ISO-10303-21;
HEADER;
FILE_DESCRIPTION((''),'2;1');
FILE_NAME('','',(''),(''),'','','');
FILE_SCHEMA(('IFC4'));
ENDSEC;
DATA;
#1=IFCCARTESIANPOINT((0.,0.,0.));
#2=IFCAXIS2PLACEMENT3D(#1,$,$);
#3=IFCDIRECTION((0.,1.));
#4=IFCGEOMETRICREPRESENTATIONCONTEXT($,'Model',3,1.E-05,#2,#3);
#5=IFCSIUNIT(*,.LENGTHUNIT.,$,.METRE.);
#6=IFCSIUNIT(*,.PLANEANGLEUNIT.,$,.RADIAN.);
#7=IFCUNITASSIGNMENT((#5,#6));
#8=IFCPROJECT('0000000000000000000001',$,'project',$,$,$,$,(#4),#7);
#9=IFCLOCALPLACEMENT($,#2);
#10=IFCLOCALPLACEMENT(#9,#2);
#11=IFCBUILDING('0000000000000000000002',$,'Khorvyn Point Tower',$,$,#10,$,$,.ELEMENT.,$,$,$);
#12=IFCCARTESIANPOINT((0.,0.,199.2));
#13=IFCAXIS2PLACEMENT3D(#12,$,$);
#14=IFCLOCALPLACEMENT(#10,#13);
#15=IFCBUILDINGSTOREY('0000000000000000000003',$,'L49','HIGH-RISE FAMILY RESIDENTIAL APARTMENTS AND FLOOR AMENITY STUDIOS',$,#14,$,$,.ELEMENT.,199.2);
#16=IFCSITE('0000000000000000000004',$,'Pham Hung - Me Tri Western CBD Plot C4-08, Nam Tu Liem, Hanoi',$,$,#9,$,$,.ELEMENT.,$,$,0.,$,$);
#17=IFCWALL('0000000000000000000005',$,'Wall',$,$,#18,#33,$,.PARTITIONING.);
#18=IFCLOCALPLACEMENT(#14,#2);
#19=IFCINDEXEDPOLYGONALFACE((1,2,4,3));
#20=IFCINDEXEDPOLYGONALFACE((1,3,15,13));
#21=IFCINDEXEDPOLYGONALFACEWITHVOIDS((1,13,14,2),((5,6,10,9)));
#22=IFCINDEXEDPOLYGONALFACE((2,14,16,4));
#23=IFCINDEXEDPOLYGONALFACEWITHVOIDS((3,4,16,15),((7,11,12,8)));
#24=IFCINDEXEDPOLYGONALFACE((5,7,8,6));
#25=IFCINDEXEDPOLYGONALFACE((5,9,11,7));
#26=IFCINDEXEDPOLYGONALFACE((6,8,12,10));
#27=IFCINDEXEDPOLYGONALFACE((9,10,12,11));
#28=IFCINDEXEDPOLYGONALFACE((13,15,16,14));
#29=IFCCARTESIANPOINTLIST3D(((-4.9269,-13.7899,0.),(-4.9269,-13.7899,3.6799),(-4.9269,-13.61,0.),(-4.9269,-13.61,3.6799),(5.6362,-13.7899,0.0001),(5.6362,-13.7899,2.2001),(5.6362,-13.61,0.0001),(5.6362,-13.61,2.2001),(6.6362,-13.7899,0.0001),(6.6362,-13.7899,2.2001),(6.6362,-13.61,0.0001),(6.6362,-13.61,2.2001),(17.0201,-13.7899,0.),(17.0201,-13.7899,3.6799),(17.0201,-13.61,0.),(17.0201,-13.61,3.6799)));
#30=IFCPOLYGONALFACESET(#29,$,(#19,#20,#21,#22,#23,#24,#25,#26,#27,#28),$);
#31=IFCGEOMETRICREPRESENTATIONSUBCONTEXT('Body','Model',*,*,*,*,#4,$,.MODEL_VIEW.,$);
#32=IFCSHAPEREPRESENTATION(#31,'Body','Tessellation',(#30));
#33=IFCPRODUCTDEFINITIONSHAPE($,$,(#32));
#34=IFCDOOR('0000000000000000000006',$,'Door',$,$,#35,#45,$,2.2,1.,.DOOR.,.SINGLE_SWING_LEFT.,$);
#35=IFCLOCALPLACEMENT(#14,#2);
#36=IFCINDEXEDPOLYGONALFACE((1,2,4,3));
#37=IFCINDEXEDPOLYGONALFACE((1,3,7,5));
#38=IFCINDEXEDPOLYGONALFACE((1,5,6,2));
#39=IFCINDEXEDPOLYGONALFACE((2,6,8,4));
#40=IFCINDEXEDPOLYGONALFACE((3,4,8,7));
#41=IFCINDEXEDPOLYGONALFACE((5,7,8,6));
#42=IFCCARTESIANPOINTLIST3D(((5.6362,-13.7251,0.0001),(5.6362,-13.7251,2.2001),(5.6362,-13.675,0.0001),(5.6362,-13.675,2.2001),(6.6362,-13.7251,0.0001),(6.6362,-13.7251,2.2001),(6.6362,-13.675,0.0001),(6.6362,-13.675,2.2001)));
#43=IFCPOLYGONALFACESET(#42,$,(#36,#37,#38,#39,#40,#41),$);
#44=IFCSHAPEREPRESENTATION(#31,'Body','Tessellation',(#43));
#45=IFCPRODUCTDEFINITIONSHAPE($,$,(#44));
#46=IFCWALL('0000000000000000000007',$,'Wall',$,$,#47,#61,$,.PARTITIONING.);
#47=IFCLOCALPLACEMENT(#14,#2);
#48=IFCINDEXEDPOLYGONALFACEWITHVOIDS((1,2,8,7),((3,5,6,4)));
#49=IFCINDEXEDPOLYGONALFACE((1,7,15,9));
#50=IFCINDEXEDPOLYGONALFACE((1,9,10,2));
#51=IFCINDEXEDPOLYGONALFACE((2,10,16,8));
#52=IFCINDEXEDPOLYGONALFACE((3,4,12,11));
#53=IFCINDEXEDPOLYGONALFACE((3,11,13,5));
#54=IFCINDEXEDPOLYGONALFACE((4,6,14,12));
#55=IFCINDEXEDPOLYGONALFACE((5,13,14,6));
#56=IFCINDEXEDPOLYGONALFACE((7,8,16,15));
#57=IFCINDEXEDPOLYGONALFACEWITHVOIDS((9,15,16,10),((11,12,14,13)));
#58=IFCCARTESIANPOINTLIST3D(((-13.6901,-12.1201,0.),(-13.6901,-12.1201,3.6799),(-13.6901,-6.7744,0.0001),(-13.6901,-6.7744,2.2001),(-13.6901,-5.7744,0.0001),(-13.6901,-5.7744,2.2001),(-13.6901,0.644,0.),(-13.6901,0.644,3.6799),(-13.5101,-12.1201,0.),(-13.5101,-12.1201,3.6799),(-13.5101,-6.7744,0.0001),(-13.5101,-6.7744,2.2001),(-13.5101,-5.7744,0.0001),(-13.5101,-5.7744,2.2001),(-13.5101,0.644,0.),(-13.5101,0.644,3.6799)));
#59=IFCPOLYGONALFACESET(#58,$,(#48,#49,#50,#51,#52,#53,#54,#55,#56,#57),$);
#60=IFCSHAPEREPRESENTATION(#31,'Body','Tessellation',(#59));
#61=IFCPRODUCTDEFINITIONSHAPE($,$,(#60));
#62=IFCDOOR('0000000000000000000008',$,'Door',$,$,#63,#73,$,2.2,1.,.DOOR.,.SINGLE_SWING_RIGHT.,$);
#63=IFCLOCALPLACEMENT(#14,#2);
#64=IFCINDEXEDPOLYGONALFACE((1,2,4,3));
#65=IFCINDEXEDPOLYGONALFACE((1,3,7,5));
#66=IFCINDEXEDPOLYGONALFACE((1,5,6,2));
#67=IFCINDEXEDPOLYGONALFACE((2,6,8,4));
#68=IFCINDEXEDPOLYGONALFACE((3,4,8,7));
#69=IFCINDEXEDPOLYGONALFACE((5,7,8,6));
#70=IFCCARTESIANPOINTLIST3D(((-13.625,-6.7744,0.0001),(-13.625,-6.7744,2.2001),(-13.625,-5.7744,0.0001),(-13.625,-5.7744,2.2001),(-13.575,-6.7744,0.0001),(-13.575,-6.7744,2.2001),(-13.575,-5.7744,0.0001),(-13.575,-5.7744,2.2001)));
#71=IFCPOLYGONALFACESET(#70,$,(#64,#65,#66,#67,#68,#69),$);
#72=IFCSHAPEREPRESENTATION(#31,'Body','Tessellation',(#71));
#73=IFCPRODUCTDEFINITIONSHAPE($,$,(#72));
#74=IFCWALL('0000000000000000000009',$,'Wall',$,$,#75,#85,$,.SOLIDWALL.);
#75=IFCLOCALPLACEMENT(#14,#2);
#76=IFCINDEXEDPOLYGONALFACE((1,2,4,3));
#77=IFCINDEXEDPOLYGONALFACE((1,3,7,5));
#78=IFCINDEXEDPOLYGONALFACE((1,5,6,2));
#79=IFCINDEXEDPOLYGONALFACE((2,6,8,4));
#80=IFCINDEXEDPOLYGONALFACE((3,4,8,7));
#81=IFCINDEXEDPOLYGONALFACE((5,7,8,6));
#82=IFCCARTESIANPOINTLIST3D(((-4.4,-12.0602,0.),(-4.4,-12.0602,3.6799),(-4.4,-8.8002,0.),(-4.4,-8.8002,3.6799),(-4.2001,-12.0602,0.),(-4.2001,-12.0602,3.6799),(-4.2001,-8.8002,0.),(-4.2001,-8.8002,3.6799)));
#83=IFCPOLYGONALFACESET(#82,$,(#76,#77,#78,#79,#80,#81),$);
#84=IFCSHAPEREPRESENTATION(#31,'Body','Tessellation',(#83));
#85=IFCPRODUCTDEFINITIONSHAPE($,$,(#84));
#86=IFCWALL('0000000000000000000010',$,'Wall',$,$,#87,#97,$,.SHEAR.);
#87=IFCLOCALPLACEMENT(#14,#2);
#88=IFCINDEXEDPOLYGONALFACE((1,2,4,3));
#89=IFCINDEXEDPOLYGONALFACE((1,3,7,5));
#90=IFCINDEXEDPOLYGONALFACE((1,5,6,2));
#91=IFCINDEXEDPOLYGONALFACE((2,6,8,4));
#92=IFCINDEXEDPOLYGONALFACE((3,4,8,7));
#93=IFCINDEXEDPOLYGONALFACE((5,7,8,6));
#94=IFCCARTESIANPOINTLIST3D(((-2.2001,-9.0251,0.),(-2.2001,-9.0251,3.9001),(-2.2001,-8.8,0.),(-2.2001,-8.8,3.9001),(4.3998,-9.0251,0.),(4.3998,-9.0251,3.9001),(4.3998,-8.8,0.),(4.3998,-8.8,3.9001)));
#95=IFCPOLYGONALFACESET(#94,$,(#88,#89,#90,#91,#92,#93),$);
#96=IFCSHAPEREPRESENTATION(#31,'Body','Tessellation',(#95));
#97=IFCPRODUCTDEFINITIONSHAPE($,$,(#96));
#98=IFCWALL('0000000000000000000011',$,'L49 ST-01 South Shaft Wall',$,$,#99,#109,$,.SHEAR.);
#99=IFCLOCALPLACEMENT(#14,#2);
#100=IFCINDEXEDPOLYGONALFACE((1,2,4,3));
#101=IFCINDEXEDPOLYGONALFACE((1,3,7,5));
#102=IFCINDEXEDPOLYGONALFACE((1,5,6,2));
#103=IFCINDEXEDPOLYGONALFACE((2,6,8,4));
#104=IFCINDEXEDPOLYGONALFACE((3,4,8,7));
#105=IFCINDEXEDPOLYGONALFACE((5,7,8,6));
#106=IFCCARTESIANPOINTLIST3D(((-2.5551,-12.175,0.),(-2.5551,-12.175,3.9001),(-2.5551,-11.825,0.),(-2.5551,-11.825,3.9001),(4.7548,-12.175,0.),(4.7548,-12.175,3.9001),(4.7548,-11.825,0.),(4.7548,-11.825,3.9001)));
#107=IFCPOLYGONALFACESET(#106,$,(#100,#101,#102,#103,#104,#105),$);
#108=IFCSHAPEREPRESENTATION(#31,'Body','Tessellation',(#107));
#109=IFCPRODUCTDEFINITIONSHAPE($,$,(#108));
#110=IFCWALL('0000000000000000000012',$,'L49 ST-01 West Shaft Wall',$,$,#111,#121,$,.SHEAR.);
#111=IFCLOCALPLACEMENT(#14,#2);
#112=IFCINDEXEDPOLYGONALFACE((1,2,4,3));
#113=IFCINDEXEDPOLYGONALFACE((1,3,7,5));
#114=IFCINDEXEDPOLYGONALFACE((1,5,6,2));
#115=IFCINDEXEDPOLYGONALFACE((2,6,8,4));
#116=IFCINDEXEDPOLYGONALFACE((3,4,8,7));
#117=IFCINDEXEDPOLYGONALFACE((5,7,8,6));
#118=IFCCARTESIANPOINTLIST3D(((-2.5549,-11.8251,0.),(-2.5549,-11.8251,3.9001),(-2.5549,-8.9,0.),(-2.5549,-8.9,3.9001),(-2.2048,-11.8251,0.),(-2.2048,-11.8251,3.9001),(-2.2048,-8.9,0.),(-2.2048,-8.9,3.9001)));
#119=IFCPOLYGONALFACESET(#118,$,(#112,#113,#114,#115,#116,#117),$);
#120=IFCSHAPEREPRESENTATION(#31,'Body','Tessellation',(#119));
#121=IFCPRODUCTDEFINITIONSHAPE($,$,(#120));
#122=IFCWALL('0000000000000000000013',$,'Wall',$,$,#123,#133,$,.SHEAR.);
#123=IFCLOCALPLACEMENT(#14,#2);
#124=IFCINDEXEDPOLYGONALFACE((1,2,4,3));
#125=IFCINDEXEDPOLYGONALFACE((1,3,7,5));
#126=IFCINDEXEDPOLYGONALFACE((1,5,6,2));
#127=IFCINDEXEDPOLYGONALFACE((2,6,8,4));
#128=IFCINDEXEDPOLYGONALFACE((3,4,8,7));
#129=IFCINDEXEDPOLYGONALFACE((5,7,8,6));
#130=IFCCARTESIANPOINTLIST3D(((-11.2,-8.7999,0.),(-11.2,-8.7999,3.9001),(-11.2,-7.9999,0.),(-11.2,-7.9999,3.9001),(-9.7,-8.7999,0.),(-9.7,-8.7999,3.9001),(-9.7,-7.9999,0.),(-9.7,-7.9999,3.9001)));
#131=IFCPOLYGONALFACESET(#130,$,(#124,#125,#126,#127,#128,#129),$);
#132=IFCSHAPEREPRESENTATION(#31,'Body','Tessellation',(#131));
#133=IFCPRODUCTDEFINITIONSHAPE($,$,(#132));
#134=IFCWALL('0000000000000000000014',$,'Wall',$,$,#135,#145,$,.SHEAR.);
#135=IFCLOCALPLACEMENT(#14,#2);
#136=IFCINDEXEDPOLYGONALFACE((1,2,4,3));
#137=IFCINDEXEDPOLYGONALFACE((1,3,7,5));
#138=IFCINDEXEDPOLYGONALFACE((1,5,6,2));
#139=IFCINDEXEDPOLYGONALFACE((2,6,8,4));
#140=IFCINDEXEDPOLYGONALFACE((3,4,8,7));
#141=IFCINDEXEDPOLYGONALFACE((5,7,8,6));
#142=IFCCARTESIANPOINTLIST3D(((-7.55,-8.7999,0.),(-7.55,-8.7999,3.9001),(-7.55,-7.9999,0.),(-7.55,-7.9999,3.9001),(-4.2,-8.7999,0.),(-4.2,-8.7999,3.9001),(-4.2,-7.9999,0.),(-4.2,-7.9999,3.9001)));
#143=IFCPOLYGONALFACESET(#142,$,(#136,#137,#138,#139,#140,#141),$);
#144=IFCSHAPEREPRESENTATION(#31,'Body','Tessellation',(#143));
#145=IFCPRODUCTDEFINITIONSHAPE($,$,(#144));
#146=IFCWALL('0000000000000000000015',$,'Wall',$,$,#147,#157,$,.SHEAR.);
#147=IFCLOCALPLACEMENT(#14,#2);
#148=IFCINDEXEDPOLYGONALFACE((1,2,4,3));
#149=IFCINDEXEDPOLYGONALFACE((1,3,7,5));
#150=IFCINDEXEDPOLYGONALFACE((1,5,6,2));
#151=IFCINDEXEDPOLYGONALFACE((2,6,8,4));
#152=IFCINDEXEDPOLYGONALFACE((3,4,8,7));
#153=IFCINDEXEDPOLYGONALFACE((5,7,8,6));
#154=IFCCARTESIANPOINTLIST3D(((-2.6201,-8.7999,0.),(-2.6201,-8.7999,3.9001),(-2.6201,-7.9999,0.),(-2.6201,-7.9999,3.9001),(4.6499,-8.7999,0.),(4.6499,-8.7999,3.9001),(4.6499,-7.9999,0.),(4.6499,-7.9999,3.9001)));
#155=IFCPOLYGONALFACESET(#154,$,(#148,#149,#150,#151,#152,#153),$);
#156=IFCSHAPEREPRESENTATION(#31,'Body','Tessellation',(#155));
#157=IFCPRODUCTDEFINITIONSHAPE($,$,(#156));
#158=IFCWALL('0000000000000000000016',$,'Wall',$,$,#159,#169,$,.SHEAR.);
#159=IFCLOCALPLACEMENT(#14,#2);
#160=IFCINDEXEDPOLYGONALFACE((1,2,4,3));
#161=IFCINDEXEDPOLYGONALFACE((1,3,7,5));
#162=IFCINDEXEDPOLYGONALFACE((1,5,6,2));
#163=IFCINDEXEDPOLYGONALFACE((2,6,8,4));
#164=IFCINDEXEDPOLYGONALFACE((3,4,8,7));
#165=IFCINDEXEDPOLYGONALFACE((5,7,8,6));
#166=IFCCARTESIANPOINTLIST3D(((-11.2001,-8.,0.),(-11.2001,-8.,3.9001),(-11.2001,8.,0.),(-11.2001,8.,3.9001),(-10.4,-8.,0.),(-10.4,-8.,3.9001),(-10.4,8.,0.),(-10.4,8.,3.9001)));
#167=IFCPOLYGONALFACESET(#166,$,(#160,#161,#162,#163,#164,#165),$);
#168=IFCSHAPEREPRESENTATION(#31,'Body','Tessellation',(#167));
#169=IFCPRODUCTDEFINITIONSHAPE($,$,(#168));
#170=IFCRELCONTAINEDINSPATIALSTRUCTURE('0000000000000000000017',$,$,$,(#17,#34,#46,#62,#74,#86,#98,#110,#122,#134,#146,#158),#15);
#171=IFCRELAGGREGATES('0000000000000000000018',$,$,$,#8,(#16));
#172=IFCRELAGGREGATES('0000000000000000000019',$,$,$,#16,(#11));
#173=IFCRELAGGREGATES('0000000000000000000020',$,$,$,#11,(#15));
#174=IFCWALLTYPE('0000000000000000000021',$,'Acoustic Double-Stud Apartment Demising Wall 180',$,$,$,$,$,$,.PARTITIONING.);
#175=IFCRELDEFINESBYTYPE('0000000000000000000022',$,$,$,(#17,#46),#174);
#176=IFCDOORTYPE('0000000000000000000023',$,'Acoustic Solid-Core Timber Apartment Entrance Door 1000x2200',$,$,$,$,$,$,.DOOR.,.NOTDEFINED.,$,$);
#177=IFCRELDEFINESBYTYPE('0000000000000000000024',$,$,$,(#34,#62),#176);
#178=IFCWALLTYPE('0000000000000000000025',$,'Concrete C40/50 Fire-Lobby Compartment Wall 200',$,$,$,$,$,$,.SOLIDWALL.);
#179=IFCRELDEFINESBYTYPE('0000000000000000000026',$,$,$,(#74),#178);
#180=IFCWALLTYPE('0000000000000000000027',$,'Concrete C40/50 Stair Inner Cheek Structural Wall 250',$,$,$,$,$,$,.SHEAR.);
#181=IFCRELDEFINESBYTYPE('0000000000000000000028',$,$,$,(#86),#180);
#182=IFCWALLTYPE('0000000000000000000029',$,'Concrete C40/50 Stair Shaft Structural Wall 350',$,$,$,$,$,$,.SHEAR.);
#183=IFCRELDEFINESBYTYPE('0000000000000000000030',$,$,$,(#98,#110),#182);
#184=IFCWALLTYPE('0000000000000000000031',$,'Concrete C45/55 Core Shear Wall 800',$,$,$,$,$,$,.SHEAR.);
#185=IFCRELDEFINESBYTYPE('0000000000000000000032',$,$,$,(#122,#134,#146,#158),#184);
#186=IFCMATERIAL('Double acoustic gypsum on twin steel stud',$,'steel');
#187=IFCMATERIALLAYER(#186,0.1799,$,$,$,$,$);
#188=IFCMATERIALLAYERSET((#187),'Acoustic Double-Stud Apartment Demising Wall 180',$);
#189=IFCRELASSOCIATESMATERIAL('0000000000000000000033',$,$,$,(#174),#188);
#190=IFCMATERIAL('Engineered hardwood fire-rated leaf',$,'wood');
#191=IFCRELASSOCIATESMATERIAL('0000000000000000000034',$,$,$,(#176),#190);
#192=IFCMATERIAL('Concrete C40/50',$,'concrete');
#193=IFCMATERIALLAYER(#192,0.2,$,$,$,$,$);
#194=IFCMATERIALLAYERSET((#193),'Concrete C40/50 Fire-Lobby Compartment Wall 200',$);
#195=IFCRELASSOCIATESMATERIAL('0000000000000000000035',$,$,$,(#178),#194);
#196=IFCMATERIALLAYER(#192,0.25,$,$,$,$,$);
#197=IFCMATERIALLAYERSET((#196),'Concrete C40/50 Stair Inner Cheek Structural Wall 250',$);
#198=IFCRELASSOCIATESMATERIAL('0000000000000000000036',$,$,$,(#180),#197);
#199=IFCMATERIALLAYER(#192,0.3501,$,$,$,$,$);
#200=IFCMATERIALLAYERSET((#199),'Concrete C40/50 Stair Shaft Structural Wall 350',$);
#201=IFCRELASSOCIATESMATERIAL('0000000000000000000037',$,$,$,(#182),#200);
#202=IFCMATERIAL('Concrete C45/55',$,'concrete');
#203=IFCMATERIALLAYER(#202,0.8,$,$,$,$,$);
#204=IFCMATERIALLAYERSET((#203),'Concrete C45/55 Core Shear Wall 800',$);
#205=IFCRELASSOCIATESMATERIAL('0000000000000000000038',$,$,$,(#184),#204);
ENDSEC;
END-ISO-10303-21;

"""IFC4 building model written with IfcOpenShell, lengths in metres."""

from ifc_helpers import new_model, si_unit, direction, frame, frame_2d, origin, place, context, subcontext, project, spatial, rectangle, extrude, material, layer, layer_set, type_object, element, fill, save


model = new_model("IFC4")

# Units and contexts
model_context = context("Model", 3, precision=1e-05, world=origin(), true_north=direction((0.0, 1.0)))
body_context = subcontext(model_context, "Body", "Model", "MODEL_VIEW")
ifc_project = project(units=[si_unit("LENGTHUNIT", "METRE"), si_unit("PLANEANGLEUNIT", "RADIAN")], contexts=[model_context])

# Site, building, storey
site_placement = place(None, origin())
site = spatial("IfcSite", under=ifc_project, at=site_placement, Name="Pham Hung - Me Tri Western CBD Plot C4-08, Nam Tu Liem, Hanoi", CompositionType="ELEMENT", RefElevation=0.0)
building_placement = place(site_placement, origin())
building = spatial("IfcBuilding", under=site, at=building_placement, Name="Khorvyn Point Tower", CompositionType="ELEMENT")
storey_placement = place(building_placement, frame((0.0, 0.0, 199.2)))
storey = spatial("IfcBuildingStorey", under=building, at=storey_placement, Name="L49", Description="HIGH-RISE FAMILY RESIDENTIAL APARTMENTS AND FLOOR AMENITY STUDIOS", CompositionType="ELEMENT", Elevation=199.2)

# Shared definitions
ifc_material_1 = material(Name="Concrete C45/55", Category="concrete")

# Walls, openings, doors
ifc_material_2 = material(Name="Double acoustic gypsum on twin steel stud", Category="steel")
ifc_layer_1 = layer(ifc_material_2, 0.1799)
ifc_layer_set_1 = layer_set([ifc_layer_1], Name="Acoustic Double-Stud Apartment Demising Wall 180")
wall_type_1 = type_object("IfcWallType", Name="Acoustic Double-Stud Apartment Demising Wall 180", PredefinedType="PARTITIONING", material=ifc_layer_set_1)
wall_1_placement = place(storey_placement, frame((-4.927, -13.7, 0.0), z_axis=(0.0, 0.0, 1.0), x_axis=(1.0, 0.0, 0.0)))
wall_1 = element("IfcWall", 1, at=wall_1_placement, inside=storey, type_object=wall_type_1, Name="Wall", PredefinedType="PARTITIONING", context=body_context, shape_type="SweptSolid", body=[
    extrude(rectangle(XDim=21.947, YDim=0.1799, at=frame_2d((10.9736, 0.0))), origin(), (0.0, 0.0, 1.0), 3.6799),
])
opening_1_placement = place(wall_1_placement, frame((10.5632, 0.0, 0.0)))
opening_1 = element("IfcOpeningElement", 2, at=opening_1_placement, cuts=wall_1, PredefinedType="OPENING", context=body_context, shape_type="SweptSolid", body=[
    extrude(rectangle(XDim=1.0, YDim=2.2, at=frame_2d((0.5, 1.1001))), frame((0.0, 0.0999, 0.0), z_axis=(0.0, -1.0, 0.0), x_axis=(1.0, 0.0, 0.0)), (0.0, 0.0, 1.0), 0.2),
])
ifc_material_3 = material(Name="Engineered hardwood fire-rated leaf", Category="wood")
door_type_1 = type_object("IfcDoorType", Name="Acoustic Solid-Core Timber Apartment Entrance Door 1000x2200", OperationType="NOTDEFINED", PredefinedType="DOOR", material=ifc_material_3)
door_1_placement = place(opening_1_placement, origin())
door_1 = element("IfcDoor", 3, at=door_1_placement, inside=storey, type_object=door_type_1, Name="Door", OperationType="SINGLE_SWING_LEFT", OverallHeight=2.2, OverallWidth=1.0, PredefinedType="DOOR", context=body_context, shape_type="SweptSolid", body=[
    extrude(rectangle(XDim=1.0, YDim=2.2, at=frame_2d((0.5, 1.1001))), frame((0.0, 0.0249, 0.0), z_axis=(0.0, -1.0, 0.0), x_axis=(1.0, 0.0, 0.0)), (0.0, 0.0, 1.0), 0.05),
])
fill(opening_1, door_1)
wall_2_placement = place(storey_placement, frame((-13.6001, -12.1201, 0.0), z_axis=(0.0, 0.0, 1.0), x_axis=(0.0, 1.0, 0.0)))
wall_2 = element("IfcWall", 4, at=wall_2_placement, inside=storey, type_object=wall_type_1, Name="Wall", PredefinedType="PARTITIONING", context=body_context, shape_type="SweptSolid", body=[
    extrude(rectangle(XDim=12.7642, YDim=0.1799, at=frame_2d((6.3821, 0.0))), origin(), (0.0, 0.0, 1.0), 3.6799),
])
opening_2_placement = place(wall_2_placement, frame((5.3457, 0.0, 0.0)))
opening_2 = element("IfcOpeningElement", 5, at=opening_2_placement, cuts=wall_2, PredefinedType="OPENING", context=body_context, shape_type="SweptSolid", body=[
    extrude(rectangle(XDim=1.0, YDim=2.2, at=frame_2d((0.5, 1.1001))), frame((0.0, 0.0999, 0.0), z_axis=(0.0, -1.0, 0.0), x_axis=(1.0, 0.0, 0.0)), (0.0, 0.0, 1.0), 0.2),
])
door_2_placement = place(opening_2_placement, origin())
door_2 = element("IfcDoor", 6, at=door_2_placement, inside=storey, type_object=door_type_1, Name="Door", OperationType="SINGLE_SWING_RIGHT", OverallHeight=2.2, OverallWidth=1.0, PredefinedType="DOOR", context=body_context, shape_type="SweptSolid", body=[
    extrude(rectangle(XDim=1.0, YDim=2.2, at=frame_2d((0.5, 1.1001))), frame((0.0, 0.0249, 0.0), z_axis=(0.0, -1.0, 0.0), x_axis=(1.0, 0.0, 0.0)), (0.0, 0.0, 1.0), 0.05),
])
fill(opening_2, door_2)
ifc_material_4 = material(Name="Concrete C40/50", Category="concrete")
ifc_layer_2 = layer(ifc_material_4, 0.2)
ifc_layer_set_2 = layer_set([ifc_layer_2], Name="Concrete C40/50 Fire-Lobby Compartment Wall 200")
wall_type_2 = type_object("IfcWallType", Name="Concrete C40/50 Fire-Lobby Compartment Wall 200", PredefinedType="SOLIDWALL", material=ifc_layer_set_2)

# Walls
wall_3_placement = place(storey_placement, frame((-4.3, -12.0601, 0.0), z_axis=(0.0, 0.0, 1.0), x_axis=(0.0, 1.0, 0.0)))
element("IfcWall", 7, at=wall_3_placement, inside=storey, type_object=wall_type_2, Name="Wall", PredefinedType="SOLIDWALL", context=body_context, shape_type="SweptSolid", body=[
    extrude(rectangle(XDim=3.26, YDim=0.2, at=frame_2d((1.6299, 0.0))), origin(), (0.0, 0.0, 1.0), 3.6799),
])
ifc_layer_3 = layer(ifc_material_4, 0.25)
ifc_layer_set_3 = layer_set([ifc_layer_3], Name="Concrete C40/50 Stair Inner Cheek Structural Wall 250")
wall_type_3 = type_object("IfcWallType", Name="Concrete C40/50 Stair Inner Cheek Structural Wall 250", PredefinedType="SHEAR", material=ifc_layer_set_3)
wall_4_placement = place(storey_placement, frame((-2.2, -8.9126, 0.0), z_axis=(0.0, 0.0, 1.0), x_axis=(1.0, 0.0, 0.0)))
element("IfcWall", 8, at=wall_4_placement, inside=storey, type_object=wall_type_3, Name="Wall", PredefinedType="SHEAR", context=body_context, shape_type="SweptSolid", body=[
    extrude(rectangle(XDim=6.5999, YDim=0.2251, at=frame_2d((3.2998, 0.0))), origin(), (0.0, 0.0, 1.0), 3.9001),
])
ifc_layer_4 = layer(ifc_material_4, 0.3501)
ifc_layer_set_4 = layer_set([ifc_layer_4], Name="Concrete C40/50 Stair Shaft Structural Wall 350")
wall_type_4 = type_object("IfcWallType", Name="Concrete C40/50 Stair Shaft Structural Wall 350", PredefinedType="SHEAR", material=ifc_layer_set_4)
wall_5_placement = place(storey_placement, frame((-2.5549, -12.0, 0.0), z_axis=(0.0, 0.0, 1.0), x_axis=(1.0, 0.0, 0.0)))
element("IfcWall", 9, at=wall_5_placement, inside=storey, type_object=wall_type_4, Name="L49 ST-01 South Shaft Wall", PredefinedType="SHEAR", context=body_context, shape_type="SweptSolid", body=[
    extrude(rectangle(XDim=7.3098, YDim=0.3501, at=frame_2d((3.6548, 0.0))), origin(), (0.0, 0.0, 1.0), 3.9001),
])
wall_6_placement = place(storey_placement, frame((-2.3799, -11.825, 0.0), z_axis=(0.0, 0.0, 1.0), x_axis=(0.0, 1.0, 0.0)))
element("IfcWall", 10, at=wall_6_placement, inside=storey, type_object=wall_type_4, Name="L49 ST-01 West Shaft Wall", PredefinedType="SHEAR", context=body_context, shape_type="SweptSolid", body=[
    extrude(rectangle(XDim=2.925, YDim=0.3501, at=frame_2d((1.4624, 0.0))), origin(), (0.0, 0.0, 1.0), 3.9001),
])
ifc_layer_5 = layer(ifc_material_1, 0.8)
ifc_layer_set_5 = layer_set([ifc_layer_5], Name="Concrete C45/55 Core Shear Wall 800")
wall_type_5 = type_object("IfcWallType", Name="Concrete C45/55 Core Shear Wall 800", PredefinedType="SHEAR", material=ifc_layer_set_5)
wall_7_placement = place(storey_placement, frame((-11.2, -8.3999, 0.0), z_axis=(0.0, 0.0, 1.0), x_axis=(1.0, 0.0, 0.0)))
element("IfcWall", 11, at=wall_7_placement, inside=storey, type_object=wall_type_5, Name="Wall", PredefinedType="SHEAR", context=body_context, shape_type="SweptSolid", body=[
    extrude(rectangle(XDim=1.5, YDim=0.8, at=frame_2d((0.75, 0.0))), origin(), (0.0, 0.0, 1.0), 3.9001),
])
wall_8_placement = place(storey_placement, frame((-7.55, -8.3999, 0.0), z_axis=(0.0, 0.0, 1.0), x_axis=(1.0, 0.0, 0.0)))
element("IfcWall", 12, at=wall_8_placement, inside=storey, type_object=wall_type_5, Name="Wall", PredefinedType="SHEAR", context=body_context, shape_type="SweptSolid", body=[
    extrude(rectangle(XDim=3.3501, YDim=0.8, at=frame_2d((1.675, 0.0))), origin(), (0.0, 0.0, 1.0), 3.9001),
])
wall_9_placement = place(storey_placement, frame((-2.6201, -8.3999, 0.0), z_axis=(0.0, 0.0, 1.0), x_axis=(1.0, 0.0, 0.0)))
element("IfcWall", 13, at=wall_9_placement, inside=storey, type_object=wall_type_5, Name="Wall", PredefinedType="SHEAR", context=body_context, shape_type="SweptSolid", body=[
    extrude(rectangle(XDim=7.27, YDim=0.8, at=frame_2d((3.635, 0.0))), origin(), (0.0, 0.0, 1.0), 3.9001),
])
wall_10_placement = place(storey_placement, frame((-10.8, -8.0, 0.0), z_axis=(0.0, 0.0, 1.0), x_axis=(0.0, 1.0, 0.0)))
element("IfcWall", 14, at=wall_10_placement, inside=storey, type_object=wall_type_5, Name="Wall", PredefinedType="SHEAR", context=body_context, shape_type="SweptSolid", body=[
    extrude(rectangle(XDim=16.0, YDim=0.8, at=frame_2d((8.0, 0.0))), origin(), (0.0, 0.0, 1.0), 3.9001),
])

save(model, "model.ifc")
